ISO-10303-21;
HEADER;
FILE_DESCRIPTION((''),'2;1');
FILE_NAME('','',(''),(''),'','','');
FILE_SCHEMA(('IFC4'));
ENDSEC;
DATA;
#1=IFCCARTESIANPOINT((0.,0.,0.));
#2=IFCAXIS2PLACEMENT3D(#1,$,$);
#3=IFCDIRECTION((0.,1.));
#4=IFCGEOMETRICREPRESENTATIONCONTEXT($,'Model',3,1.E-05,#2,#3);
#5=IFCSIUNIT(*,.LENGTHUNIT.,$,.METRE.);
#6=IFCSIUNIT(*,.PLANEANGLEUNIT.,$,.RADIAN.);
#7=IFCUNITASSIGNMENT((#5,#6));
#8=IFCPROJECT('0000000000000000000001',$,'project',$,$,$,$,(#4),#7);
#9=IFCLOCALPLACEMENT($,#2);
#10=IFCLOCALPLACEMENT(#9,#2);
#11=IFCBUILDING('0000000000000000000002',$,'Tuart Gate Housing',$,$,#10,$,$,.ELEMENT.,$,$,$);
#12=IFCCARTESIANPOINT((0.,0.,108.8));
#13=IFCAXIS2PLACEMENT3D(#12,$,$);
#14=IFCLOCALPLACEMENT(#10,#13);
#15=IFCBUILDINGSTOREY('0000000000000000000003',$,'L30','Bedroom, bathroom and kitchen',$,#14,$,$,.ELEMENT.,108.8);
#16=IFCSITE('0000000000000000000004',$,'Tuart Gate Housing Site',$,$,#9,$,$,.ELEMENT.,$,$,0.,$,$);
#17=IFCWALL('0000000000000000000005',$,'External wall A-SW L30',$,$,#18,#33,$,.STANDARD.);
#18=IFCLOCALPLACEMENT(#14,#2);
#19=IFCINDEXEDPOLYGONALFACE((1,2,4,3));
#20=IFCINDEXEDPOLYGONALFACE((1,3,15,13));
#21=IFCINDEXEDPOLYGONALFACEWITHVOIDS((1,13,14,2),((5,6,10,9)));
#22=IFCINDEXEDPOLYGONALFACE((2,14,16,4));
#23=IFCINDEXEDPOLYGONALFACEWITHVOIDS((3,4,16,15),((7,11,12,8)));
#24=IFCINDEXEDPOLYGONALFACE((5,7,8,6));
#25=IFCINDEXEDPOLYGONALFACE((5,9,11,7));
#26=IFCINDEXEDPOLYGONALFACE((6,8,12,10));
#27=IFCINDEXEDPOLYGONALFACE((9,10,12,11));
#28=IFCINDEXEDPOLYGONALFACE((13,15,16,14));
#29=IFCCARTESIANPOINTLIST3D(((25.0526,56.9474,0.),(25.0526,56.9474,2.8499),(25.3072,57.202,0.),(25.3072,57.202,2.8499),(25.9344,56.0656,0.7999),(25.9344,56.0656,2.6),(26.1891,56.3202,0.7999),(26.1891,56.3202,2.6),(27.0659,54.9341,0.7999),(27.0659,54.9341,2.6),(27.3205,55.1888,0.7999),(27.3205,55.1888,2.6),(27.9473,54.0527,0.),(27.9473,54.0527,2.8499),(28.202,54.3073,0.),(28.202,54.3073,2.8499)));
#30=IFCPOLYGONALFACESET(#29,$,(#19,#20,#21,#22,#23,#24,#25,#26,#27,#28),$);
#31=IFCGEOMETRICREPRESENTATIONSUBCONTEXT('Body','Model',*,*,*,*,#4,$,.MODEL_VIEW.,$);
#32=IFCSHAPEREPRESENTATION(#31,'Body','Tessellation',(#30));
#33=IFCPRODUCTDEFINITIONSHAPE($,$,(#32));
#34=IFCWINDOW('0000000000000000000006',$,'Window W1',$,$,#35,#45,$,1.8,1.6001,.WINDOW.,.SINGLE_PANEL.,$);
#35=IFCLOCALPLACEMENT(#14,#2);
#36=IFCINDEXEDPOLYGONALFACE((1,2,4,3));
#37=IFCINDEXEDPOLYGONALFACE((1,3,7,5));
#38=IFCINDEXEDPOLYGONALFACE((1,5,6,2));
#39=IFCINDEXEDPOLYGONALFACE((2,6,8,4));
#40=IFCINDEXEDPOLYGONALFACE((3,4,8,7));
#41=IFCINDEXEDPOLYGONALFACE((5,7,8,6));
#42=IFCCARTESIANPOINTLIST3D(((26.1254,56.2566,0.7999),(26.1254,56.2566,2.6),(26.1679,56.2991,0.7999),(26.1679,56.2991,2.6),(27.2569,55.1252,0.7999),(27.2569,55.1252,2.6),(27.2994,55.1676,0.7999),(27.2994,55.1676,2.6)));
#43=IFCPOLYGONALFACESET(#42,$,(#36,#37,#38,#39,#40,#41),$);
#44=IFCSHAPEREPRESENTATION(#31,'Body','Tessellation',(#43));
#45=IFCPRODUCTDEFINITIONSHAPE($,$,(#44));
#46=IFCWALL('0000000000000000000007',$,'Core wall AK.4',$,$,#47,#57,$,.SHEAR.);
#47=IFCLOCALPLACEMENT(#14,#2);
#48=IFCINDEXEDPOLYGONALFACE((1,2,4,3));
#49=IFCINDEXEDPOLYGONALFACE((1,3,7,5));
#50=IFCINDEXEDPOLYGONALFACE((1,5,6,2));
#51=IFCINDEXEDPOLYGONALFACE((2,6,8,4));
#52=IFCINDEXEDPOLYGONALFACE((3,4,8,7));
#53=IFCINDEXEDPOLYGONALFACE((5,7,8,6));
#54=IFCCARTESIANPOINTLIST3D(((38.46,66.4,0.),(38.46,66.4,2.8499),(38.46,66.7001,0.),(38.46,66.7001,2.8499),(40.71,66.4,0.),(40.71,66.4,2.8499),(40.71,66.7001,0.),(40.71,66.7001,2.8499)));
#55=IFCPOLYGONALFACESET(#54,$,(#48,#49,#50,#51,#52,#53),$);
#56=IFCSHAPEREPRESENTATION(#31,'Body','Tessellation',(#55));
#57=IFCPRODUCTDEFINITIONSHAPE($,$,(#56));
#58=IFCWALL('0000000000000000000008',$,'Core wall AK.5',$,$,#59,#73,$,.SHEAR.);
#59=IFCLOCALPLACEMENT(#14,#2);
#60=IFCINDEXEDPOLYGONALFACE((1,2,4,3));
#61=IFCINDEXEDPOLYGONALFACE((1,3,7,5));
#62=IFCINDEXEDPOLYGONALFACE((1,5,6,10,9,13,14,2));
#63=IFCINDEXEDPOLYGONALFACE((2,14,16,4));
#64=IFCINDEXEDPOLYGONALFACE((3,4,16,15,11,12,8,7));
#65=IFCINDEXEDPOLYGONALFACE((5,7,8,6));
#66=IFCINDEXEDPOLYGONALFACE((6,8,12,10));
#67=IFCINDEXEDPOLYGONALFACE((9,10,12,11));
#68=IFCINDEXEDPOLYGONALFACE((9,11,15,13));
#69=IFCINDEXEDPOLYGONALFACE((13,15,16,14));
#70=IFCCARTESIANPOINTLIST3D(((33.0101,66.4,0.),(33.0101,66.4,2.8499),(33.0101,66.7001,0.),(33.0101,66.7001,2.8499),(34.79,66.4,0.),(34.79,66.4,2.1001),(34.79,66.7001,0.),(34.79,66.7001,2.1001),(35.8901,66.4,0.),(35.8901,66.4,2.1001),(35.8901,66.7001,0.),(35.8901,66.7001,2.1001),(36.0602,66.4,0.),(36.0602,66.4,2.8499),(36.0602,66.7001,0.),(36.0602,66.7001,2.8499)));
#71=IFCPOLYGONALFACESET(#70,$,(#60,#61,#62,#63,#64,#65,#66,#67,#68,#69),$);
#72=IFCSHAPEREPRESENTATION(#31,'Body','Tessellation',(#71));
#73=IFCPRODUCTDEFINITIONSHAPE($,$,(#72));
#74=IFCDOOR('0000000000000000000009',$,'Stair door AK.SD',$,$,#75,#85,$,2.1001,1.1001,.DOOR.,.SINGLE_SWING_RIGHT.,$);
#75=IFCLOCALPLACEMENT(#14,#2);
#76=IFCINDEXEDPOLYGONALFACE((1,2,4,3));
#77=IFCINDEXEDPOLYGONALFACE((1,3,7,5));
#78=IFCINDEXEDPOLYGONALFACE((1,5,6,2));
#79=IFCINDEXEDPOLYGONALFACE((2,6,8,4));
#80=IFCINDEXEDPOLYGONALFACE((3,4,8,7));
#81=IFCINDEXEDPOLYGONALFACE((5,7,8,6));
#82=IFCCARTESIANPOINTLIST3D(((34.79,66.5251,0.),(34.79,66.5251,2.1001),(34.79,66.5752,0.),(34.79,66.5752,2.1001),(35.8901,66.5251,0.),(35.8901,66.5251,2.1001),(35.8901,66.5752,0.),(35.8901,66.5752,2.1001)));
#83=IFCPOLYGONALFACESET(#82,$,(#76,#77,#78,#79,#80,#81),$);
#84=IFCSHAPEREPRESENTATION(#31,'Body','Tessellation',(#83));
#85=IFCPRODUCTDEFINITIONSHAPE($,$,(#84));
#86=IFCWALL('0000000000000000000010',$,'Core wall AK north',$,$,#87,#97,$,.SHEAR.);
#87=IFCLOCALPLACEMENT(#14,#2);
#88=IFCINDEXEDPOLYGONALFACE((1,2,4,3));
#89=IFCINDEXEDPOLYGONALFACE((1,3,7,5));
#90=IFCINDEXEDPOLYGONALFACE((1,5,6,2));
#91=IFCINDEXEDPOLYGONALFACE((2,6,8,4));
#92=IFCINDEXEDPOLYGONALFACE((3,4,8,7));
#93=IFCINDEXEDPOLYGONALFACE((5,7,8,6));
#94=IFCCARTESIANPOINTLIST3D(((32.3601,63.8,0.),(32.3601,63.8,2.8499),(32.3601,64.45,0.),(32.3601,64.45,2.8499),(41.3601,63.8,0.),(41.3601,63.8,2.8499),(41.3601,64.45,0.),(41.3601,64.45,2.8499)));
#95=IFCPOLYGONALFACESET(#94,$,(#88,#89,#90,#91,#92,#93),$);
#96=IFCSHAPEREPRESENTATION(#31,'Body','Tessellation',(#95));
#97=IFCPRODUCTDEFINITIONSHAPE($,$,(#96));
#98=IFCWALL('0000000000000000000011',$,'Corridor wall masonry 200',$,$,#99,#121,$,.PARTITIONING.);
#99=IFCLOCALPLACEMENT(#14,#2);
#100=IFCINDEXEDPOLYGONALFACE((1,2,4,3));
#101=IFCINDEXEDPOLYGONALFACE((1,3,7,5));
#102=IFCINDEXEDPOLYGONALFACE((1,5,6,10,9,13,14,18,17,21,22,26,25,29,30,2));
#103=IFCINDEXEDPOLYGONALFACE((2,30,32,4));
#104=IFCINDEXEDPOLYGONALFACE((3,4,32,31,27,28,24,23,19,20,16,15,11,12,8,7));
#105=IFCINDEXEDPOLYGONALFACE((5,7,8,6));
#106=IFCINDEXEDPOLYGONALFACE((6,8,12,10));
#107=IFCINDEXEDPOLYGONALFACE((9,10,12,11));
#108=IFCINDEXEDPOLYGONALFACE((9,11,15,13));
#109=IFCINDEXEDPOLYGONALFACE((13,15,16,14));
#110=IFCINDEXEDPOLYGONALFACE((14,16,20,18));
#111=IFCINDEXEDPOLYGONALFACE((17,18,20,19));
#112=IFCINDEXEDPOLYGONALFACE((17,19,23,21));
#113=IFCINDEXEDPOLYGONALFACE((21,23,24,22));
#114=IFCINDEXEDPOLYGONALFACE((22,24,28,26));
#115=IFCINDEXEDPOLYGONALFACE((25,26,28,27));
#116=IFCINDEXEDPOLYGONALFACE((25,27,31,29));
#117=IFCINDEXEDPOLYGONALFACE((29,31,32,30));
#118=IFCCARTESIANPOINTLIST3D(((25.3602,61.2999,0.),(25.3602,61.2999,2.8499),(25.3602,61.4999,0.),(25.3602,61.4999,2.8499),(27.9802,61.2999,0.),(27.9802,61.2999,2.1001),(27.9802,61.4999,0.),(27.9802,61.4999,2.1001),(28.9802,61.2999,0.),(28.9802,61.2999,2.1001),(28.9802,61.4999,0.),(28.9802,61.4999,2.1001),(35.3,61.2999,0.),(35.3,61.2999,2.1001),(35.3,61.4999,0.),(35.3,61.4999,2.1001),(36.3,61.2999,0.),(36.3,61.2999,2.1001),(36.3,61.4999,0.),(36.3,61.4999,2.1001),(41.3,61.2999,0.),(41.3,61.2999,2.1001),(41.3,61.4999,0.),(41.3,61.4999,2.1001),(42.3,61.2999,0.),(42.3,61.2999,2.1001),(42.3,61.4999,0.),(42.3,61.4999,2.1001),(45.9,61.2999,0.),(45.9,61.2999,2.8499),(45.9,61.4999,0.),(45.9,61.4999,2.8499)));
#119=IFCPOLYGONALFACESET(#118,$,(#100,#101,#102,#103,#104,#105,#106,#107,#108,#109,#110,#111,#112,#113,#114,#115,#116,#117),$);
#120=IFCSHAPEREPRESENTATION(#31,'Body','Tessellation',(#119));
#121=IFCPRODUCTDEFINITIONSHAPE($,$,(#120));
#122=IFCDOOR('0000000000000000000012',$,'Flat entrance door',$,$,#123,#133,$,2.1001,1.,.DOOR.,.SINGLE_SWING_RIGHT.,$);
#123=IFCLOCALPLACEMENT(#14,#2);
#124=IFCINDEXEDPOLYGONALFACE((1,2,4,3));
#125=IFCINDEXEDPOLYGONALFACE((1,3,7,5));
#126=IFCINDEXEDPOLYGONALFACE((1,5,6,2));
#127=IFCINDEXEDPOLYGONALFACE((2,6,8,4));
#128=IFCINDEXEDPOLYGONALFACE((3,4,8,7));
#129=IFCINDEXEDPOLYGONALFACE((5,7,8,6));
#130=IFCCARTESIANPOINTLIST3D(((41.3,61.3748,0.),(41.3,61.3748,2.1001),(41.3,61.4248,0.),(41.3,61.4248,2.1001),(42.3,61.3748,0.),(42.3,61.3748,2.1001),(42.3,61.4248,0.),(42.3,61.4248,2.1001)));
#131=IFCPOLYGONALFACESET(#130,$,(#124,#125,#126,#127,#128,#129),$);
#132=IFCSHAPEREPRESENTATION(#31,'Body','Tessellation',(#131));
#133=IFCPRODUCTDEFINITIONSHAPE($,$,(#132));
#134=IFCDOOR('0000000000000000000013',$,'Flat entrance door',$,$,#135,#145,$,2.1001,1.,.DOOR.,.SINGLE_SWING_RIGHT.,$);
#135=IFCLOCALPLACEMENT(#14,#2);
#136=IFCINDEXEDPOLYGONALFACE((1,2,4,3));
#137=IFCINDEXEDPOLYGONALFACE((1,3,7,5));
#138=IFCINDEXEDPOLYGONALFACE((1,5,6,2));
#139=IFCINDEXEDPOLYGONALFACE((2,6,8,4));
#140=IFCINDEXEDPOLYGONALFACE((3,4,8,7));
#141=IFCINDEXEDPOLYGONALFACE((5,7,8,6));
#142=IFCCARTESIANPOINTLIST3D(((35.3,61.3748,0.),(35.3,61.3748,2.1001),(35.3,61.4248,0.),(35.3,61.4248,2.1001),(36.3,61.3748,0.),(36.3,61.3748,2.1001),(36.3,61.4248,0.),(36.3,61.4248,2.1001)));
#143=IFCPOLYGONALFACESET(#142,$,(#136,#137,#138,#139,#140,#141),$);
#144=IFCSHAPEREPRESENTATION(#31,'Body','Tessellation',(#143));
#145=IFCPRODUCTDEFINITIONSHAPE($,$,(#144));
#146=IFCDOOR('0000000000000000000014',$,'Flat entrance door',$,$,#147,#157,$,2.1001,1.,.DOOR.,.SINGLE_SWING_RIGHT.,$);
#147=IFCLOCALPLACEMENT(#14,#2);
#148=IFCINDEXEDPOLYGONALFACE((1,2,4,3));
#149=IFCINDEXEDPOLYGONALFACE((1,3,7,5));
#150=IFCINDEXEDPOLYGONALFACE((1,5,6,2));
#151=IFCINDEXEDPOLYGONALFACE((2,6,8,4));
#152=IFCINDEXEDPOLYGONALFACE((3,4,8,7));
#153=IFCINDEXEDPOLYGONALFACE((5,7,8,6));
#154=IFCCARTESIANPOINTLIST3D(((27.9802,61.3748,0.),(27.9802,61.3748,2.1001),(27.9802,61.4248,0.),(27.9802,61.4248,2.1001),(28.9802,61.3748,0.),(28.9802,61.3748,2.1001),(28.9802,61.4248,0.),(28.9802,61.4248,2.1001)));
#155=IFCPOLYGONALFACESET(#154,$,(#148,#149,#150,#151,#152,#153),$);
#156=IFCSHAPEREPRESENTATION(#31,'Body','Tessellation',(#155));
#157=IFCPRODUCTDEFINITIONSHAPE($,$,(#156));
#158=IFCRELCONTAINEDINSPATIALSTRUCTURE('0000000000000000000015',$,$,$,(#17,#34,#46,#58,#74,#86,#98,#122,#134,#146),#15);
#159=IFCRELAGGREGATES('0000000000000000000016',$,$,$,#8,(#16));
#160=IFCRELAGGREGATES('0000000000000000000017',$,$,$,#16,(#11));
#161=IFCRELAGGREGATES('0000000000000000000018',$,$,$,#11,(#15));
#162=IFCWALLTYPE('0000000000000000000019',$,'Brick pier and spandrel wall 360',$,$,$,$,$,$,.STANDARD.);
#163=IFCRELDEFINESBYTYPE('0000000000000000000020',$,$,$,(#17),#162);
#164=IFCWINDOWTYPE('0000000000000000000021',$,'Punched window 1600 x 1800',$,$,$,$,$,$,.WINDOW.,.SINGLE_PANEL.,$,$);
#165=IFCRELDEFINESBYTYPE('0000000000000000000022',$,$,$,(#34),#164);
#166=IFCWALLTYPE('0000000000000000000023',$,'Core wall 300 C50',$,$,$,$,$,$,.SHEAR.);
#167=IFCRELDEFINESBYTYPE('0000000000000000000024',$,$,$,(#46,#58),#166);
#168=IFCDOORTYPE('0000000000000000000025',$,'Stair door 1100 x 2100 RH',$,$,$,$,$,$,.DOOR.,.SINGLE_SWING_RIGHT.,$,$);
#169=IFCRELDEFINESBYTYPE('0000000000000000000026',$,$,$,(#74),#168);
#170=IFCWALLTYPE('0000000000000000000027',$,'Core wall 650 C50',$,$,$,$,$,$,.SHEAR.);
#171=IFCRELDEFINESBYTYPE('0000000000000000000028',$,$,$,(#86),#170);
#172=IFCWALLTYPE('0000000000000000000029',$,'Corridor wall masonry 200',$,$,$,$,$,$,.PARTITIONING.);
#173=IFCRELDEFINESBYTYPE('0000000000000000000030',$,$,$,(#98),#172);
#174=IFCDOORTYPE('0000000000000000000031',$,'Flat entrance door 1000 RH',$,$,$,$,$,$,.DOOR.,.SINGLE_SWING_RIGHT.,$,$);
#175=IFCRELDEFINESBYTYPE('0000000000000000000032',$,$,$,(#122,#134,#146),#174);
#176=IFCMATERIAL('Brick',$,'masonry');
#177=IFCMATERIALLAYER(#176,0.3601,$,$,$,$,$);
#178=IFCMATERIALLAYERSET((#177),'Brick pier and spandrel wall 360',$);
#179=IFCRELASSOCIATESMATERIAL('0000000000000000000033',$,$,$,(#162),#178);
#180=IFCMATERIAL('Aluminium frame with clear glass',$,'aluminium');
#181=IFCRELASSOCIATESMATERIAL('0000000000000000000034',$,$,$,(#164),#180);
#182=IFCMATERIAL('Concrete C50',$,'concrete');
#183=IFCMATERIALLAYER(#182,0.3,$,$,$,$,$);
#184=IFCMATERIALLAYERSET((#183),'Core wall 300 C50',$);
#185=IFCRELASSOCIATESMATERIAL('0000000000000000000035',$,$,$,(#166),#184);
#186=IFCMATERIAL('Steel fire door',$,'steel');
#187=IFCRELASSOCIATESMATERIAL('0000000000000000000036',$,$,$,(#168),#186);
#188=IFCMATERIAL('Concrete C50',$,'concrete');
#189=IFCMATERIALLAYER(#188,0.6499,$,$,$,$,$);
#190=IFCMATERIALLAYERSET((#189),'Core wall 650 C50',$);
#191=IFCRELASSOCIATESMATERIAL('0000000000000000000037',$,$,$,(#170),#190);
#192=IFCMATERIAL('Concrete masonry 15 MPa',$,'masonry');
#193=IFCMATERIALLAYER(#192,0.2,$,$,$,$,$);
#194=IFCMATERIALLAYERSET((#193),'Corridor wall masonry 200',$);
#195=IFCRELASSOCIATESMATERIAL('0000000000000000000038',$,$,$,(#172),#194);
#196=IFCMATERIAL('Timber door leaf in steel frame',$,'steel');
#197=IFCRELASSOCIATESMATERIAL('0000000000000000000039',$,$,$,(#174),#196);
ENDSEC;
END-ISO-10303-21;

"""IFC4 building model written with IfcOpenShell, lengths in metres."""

from ifc_helpers import new_model, si_unit, direction, frame, frame_2d, origin, place, context, subcontext, project, spatial, rectangle, extrude, material, layer, layer_set, type_object, element, fill, save


model = new_model("IFC4")

# Units and contexts
model_context = context("Model", 3, precision=1e-05, world=origin(), true_north=direction((0.0, 1.0)))
body_context = subcontext(model_context, "Body", "Model", "MODEL_VIEW")
ifc_project = project(units=[si_unit("LENGTHUNIT", "METRE"), si_unit("PLANEANGLEUNIT", "RADIAN")], contexts=[model_context])

# Site, building, storey
site_placement = place(None, origin())
site = spatial("IfcSite", under=ifc_project, at=site_placement, Name="Tuart Gate Housing Site", CompositionType="ELEMENT", RefElevation=0.0)
building_placement = place(site_placement, origin())
building = spatial("IfcBuilding", under=site, at=building_placement, Name="Tuart Gate Housing", CompositionType="ELEMENT")
storey_placement = place(building_placement, frame((0.0, 0.0, 108.8)))
storey = spatial("IfcBuildingStorey", under=building, at=storey_placement, Name="L30", Description="Bedroom, bathroom and kitchen", CompositionType="ELEMENT", Elevation=108.8)

# Wall, opening, window
ifc_material_1 = material(Name="Brick", Category="masonry")
ifc_layer_1 = layer(ifc_material_1, 0.3601)
ifc_layer_set_1 = layer_set([ifc_layer_1], Name="Brick pier and spandrel wall 360")
wall_type_1 = type_object("IfcWallType", Name="Brick pier and spandrel wall 360", PredefinedType="STANDARD", material=ifc_layer_set_1)
wall_1_placement = place(storey_placement, frame((25.1799, 57.0747, 0.0), z_axis=(0.0, 0.0, 1.0), x_axis=(0.707107, -0.707107, 0.0)))
wall_1 = element("IfcWall", 1, at=wall_1_placement, inside=storey, type_object=wall_type_1, Name="External wall A-SW L30", PredefinedType="STANDARD", context=body_context, shape_type="SweptSolid", body=[
    extrude(rectangle(XDim=4.0938, YDim=0.3601, at=frame_2d((2.0469, 0.0))), origin(), (0.0, 0.0, 1.0), 2.8499),
])
opening_1_placement = place(wall_1_placement, frame((1.2471, 0.0, 0.8)))
opening_1 = element("IfcOpeningElement", 2, at=opening_1_placement, cuts=wall_1, PredefinedType="OPENING", context=body_context, shape_type="SweptSolid", body=[
    extrude(rectangle(XDim=1.6001, YDim=1.8, at=frame_2d((0.8, 0.8999))), frame((0.0, 0.1899, 0.0), z_axis=(0.0, -1.0, 0.0), x_axis=(1.0, 0.0, 0.0)), (0.0, 0.0, 1.0), 0.3801),
])
ifc_material_2 = material(Name="Aluminium frame with clear glass", Category="aluminium")
window_type = type_object("IfcWindowType", Name="Punched window 1600 x 1800", PartitioningType="SINGLE_PANEL", PredefinedType="WINDOW", material=ifc_material_2)
window_placement = place(opening_1_placement, origin())
window = element("IfcWindow", 3, at=window_placement, inside=storey, type_object=window_type, Name="Window W1", OverallHeight=1.8, OverallWidth=1.6001, PartitioningType="SINGLE_PANEL", PredefinedType="WINDOW", context=body_context, shape_type="SweptSolid", body=[
    extrude(rectangle(XDim=1.6001, YDim=1.8, at=frame_2d((0.8, 0.8999))), frame((0.0, 0.1501, 0.0), z_axis=(0.0, -1.0, 0.0), x_axis=(1.0, 0.0, 0.0)), (0.0, 0.0, 1.0), 0.0601),
])
fill(opening_1, window)

# Wall
ifc_material_3 = material(Name="Concrete C50", Category="concrete")
ifc_layer_2 = layer(ifc_material_3, 0.3)
ifc_layer_set_2 = layer_set([ifc_layer_2], Name="Core wall 300 C50")
wall_type_2 = type_object("IfcWallType", Name="Core wall 300 C50", PredefinedType="SHEAR", material=ifc_layer_set_2)
wall_2_placement = place(storey_placement, frame((40.71, 66.55, 0.0), z_axis=(0.0, 0.0, 1.0), x_axis=(-1.0, 0.0, 0.0)))
element("IfcWall", 4, at=wall_2_placement, inside=storey, type_object=wall_type_2, Name="Core wall AK.4", PredefinedType="SHEAR", context=body_context, shape_type="SweptSolid", body=[
    extrude(rectangle(XDim=2.25, YDim=0.3, at=frame_2d((1.125, 0.0))), origin(), (0.0, 0.0, 1.0), 2.8499),
])

# Wall, opening, door
wall_3_placement = place(storey_placement, frame((36.0601, 66.55, 0.0), z_axis=(0.0, 0.0, 1.0), x_axis=(-1.0, 0.0, 0.0)))
wall_3 = element("IfcWall", 5, at=wall_3_placement, inside=storey, type_object=wall_type_2, Name="Core wall AK.5", PredefinedType="SHEAR", context=body_context, shape_type="SweptSolid", body=[
    extrude(rectangle(XDim=3.05, YDim=0.3, at=frame_2d((1.5249, 0.0))), origin(), (0.0, 0.0, 1.0), 2.8499),
])
opening_2_placement = place(wall_3_placement, frame((0.1699, 0.0, 0.0)))
opening_2 = element("IfcOpeningElement", 6, at=opening_2_placement, cuts=wall_3, PredefinedType="OPENING", context=body_context, shape_type="SweptSolid", body=[
    extrude(rectangle(XDim=1.1001, YDim=2.1001, at=frame_2d((0.55, 1.05))), frame((0.0, 0.1599, 0.0), z_axis=(0.0, -1.0, 0.0), x_axis=(1.0, 0.0, 0.0)), (0.0, 0.0, 1.0), 0.3201),
])
ifc_material_4 = material(Name="Steel fire door", Category="steel")
door_type_1 = type_object("IfcDoorType", Name="Stair door 1100 x 2100 RH", OperationType="SINGLE_SWING_RIGHT", PredefinedType="DOOR", material=ifc_material_4)
door_1_placement = place(opening_2_placement, frame((1.1001, 0.0, 0.0), z_axis=(0.0, 0.0, 1.0), x_axis=(-1.0, 0.0, 0.0)))
door_1 = element("IfcDoor", 7, at=door_1_placement, inside=storey, type_object=door_type_1, Name="Stair door AK.SD", OperationType="SINGLE_SWING_RIGHT", OverallHeight=2.1001, OverallWidth=1.1001, PredefinedType="DOOR", context=body_context, shape_type="SweptSolid", body=[
    extrude(rectangle(XDim=1.1001, YDim=2.1001, at=frame_2d((0.55, 1.05))), frame((0.0, 0.0251, 0.0), z_axis=(0.0, -1.0, 0.0), x_axis=(1.0, 0.0, 0.0)), (0.0, 0.0, 1.0), 0.05),
])
fill(opening_2, door_1)

# Wall
ifc_material_5 = material(Name="Concrete C50", Category="concrete")
ifc_layer_3 = layer(ifc_material_5, 0.6499)
ifc_layer_set_3 = layer_set([ifc_layer_3], Name="Core wall 650 C50")
wall_type_3 = type_object("IfcWallType", Name="Core wall 650 C50", PredefinedType="SHEAR", material=ifc_layer_set_3)
wall_4_placement = place(storey_placement, frame((41.3601, 64.125, 0.0), z_axis=(0.0, 0.0, 1.0), x_axis=(-1.0, 0.0, 0.0)))
element("IfcWall", 8, at=wall_4_placement, inside=storey, type_object=wall_type_3, Name="Core wall AK north", PredefinedType="SHEAR", context=body_context, shape_type="SweptSolid", body=[
    extrude(rectangle(XDim=9.0, YDim=0.6499, at=frame_2d((4.5, 0.0))), origin(), (0.0, 0.0, 1.0), 2.8499),
])

# Wall, openings, doors
ifc_material_6 = material(Name="Concrete masonry 15 MPa", Category="masonry")
ifc_layer_4 = layer(ifc_material_6, 0.2)
ifc_layer_set_4 = layer_set([ifc_layer_4], Name="Corridor wall masonry 200")
wall_type_4 = type_object("IfcWallType", Name="Corridor wall masonry 200", PredefinedType="PARTITIONING", material=ifc_layer_set_4)
wall_5_placement = place(storey_placement, frame((25.3601, 61.3999, 0.0), z_axis=(0.0, 0.0, 1.0), x_axis=(1.0, 0.0, 0.0)))
wall_5 = element("IfcWall", 9, at=wall_5_placement, inside=storey, type_object=wall_type_4, Name="Corridor wall masonry 200", PredefinedType="PARTITIONING", context=body_context, shape_type="SweptSolid", body=[
    extrude(rectangle(XDim=20.5398, YDim=0.2, at=frame_2d((10.27, 0.0))), origin(), (0.0, 0.0, 1.0), 2.8499),
])
opening_3_placement = place(wall_5_placement, frame((15.9399, 0.0, 0.0)))
opening_3 = element("IfcOpeningElement", 10, at=opening_3_placement, cuts=wall_5, PredefinedType="OPENING", context=body_context, shape_type="SweptSolid", body=[
    extrude(rectangle(XDim=1.0, YDim=2.1001, at=frame_2d((0.5, 1.05))), frame((0.0, 0.1099, 0.0), z_axis=(0.0, -1.0, 0.0), x_axis=(1.0, 0.0, 0.0)), (0.0, 0.0, 1.0), 0.22),
])
opening_4_placement = place(wall_5_placement, frame((9.9399, 0.0, 0.0)))
opening_4 = element("IfcOpeningElement", 11, at=opening_4_placement, cuts=wall_5, PredefinedType="OPENING", context=body_context, shape_type="SweptSolid", body=[
    extrude(rectangle(XDim=1.0, YDim=2.1001, at=frame_2d((0.5, 1.05))), frame((0.0, 0.1099, 0.0), z_axis=(0.0, -1.0, 0.0), x_axis=(1.0, 0.0, 0.0)), (0.0, 0.0, 1.0), 0.22),
])
opening_5_placement = place(wall_5_placement, frame((2.6201, 0.0, 0.0)))
opening_5 = element("IfcOpeningElement", 12, at=opening_5_placement, cuts=wall_5, PredefinedType="OPENING", context=body_context, shape_type="SweptSolid", body=[
    extrude(rectangle(XDim=1.0, YDim=2.1001, at=frame_2d((0.5, 1.05))), frame((0.0, 0.1099, 0.0), z_axis=(0.0, -1.0, 0.0), x_axis=(1.0, 0.0, 0.0)), (0.0, 0.0, 1.0), 0.22),
])
ifc_material_7 = material(Name="Timber door leaf in steel frame", Category="steel")
door_type_2 = type_object("IfcDoorType", Name="Flat entrance door 1000 RH", OperationType="SINGLE_SWING_RIGHT", PredefinedType="DOOR", material=ifc_material_7)
door_2_placement = place(opening_3_placement, frame((1.0, 0.0, 0.0), z_axis=(0.0, 0.0, 1.0), x_axis=(-1.0, 0.0, 0.0)))
door_2 = element("IfcDoor", 13, at=door_2_placement, inside=storey, type_object=door_type_2, Name="Flat entrance door", OperationType="SINGLE_SWING_RIGHT", OverallHeight=2.1001, OverallWidth=1.0, PredefinedType="DOOR", context=body_context, shape_type="SweptSolid", body=[
    extrude(rectangle(XDim=1.0, YDim=2.1001, at=frame_2d((0.5, 1.05))), frame((0.0, 0.0251, 0.0), z_axis=(0.0, -1.0, 0.0), x_axis=(1.0, 0.0, 0.0)), (0.0, 0.0, 1.0), 0.05),
])
fill(opening_3, door_2)
door_3_placement = place(opening_4_placement, frame((1.0, 0.0, 0.0), z_axis=(0.0, 0.0, 1.0), x_axis=(-1.0, 0.0, 0.0)))
door_3 = element("IfcDoor", 14, at=door_3_placement, inside=storey, type_object=door_type_2, Name="Flat entrance door", OperationType="SINGLE_SWING_RIGHT", OverallHeight=2.1001, OverallWidth=1.0, PredefinedType="DOOR", context=body_context, shape_type="SweptSolid", body=[
    extrude(rectangle(XDim=1.0, YDim=2.1001, at=frame_2d((0.5, 1.05))), frame((0.0, 0.0251, 0.0), z_axis=(0.0, -1.0, 0.0), x_axis=(1.0, 0.0, 0.0)), (0.0, 0.0, 1.0), 0.05),
])
fill(opening_4, door_3)
door_4_placement = place(opening_5_placement, frame((1.0, 0.0, 0.0), z_axis=(0.0, 0.0, 1.0), x_axis=(-1.0, 0.0, 0.0)))
door_4 = element("IfcDoor", 15, at=door_4_placement, inside=storey, type_object=door_type_2, Name="Flat entrance door", OperationType="SINGLE_SWING_RIGHT", OverallHeight=2.1001, OverallWidth=1.0, PredefinedType="DOOR", context=body_context, shape_type="SweptSolid", body=[
    extrude(rectangle(XDim=1.0, YDim=2.1001, at=frame_2d((0.5, 1.05))), frame((0.0, 0.0251, 0.0), z_axis=(0.0, -1.0, 0.0), x_axis=(1.0, 0.0, 0.0)), (0.0, 0.0, 1.0), 0.05),
])
fill(opening_5, door_4)

save(model, "model.ifc")
